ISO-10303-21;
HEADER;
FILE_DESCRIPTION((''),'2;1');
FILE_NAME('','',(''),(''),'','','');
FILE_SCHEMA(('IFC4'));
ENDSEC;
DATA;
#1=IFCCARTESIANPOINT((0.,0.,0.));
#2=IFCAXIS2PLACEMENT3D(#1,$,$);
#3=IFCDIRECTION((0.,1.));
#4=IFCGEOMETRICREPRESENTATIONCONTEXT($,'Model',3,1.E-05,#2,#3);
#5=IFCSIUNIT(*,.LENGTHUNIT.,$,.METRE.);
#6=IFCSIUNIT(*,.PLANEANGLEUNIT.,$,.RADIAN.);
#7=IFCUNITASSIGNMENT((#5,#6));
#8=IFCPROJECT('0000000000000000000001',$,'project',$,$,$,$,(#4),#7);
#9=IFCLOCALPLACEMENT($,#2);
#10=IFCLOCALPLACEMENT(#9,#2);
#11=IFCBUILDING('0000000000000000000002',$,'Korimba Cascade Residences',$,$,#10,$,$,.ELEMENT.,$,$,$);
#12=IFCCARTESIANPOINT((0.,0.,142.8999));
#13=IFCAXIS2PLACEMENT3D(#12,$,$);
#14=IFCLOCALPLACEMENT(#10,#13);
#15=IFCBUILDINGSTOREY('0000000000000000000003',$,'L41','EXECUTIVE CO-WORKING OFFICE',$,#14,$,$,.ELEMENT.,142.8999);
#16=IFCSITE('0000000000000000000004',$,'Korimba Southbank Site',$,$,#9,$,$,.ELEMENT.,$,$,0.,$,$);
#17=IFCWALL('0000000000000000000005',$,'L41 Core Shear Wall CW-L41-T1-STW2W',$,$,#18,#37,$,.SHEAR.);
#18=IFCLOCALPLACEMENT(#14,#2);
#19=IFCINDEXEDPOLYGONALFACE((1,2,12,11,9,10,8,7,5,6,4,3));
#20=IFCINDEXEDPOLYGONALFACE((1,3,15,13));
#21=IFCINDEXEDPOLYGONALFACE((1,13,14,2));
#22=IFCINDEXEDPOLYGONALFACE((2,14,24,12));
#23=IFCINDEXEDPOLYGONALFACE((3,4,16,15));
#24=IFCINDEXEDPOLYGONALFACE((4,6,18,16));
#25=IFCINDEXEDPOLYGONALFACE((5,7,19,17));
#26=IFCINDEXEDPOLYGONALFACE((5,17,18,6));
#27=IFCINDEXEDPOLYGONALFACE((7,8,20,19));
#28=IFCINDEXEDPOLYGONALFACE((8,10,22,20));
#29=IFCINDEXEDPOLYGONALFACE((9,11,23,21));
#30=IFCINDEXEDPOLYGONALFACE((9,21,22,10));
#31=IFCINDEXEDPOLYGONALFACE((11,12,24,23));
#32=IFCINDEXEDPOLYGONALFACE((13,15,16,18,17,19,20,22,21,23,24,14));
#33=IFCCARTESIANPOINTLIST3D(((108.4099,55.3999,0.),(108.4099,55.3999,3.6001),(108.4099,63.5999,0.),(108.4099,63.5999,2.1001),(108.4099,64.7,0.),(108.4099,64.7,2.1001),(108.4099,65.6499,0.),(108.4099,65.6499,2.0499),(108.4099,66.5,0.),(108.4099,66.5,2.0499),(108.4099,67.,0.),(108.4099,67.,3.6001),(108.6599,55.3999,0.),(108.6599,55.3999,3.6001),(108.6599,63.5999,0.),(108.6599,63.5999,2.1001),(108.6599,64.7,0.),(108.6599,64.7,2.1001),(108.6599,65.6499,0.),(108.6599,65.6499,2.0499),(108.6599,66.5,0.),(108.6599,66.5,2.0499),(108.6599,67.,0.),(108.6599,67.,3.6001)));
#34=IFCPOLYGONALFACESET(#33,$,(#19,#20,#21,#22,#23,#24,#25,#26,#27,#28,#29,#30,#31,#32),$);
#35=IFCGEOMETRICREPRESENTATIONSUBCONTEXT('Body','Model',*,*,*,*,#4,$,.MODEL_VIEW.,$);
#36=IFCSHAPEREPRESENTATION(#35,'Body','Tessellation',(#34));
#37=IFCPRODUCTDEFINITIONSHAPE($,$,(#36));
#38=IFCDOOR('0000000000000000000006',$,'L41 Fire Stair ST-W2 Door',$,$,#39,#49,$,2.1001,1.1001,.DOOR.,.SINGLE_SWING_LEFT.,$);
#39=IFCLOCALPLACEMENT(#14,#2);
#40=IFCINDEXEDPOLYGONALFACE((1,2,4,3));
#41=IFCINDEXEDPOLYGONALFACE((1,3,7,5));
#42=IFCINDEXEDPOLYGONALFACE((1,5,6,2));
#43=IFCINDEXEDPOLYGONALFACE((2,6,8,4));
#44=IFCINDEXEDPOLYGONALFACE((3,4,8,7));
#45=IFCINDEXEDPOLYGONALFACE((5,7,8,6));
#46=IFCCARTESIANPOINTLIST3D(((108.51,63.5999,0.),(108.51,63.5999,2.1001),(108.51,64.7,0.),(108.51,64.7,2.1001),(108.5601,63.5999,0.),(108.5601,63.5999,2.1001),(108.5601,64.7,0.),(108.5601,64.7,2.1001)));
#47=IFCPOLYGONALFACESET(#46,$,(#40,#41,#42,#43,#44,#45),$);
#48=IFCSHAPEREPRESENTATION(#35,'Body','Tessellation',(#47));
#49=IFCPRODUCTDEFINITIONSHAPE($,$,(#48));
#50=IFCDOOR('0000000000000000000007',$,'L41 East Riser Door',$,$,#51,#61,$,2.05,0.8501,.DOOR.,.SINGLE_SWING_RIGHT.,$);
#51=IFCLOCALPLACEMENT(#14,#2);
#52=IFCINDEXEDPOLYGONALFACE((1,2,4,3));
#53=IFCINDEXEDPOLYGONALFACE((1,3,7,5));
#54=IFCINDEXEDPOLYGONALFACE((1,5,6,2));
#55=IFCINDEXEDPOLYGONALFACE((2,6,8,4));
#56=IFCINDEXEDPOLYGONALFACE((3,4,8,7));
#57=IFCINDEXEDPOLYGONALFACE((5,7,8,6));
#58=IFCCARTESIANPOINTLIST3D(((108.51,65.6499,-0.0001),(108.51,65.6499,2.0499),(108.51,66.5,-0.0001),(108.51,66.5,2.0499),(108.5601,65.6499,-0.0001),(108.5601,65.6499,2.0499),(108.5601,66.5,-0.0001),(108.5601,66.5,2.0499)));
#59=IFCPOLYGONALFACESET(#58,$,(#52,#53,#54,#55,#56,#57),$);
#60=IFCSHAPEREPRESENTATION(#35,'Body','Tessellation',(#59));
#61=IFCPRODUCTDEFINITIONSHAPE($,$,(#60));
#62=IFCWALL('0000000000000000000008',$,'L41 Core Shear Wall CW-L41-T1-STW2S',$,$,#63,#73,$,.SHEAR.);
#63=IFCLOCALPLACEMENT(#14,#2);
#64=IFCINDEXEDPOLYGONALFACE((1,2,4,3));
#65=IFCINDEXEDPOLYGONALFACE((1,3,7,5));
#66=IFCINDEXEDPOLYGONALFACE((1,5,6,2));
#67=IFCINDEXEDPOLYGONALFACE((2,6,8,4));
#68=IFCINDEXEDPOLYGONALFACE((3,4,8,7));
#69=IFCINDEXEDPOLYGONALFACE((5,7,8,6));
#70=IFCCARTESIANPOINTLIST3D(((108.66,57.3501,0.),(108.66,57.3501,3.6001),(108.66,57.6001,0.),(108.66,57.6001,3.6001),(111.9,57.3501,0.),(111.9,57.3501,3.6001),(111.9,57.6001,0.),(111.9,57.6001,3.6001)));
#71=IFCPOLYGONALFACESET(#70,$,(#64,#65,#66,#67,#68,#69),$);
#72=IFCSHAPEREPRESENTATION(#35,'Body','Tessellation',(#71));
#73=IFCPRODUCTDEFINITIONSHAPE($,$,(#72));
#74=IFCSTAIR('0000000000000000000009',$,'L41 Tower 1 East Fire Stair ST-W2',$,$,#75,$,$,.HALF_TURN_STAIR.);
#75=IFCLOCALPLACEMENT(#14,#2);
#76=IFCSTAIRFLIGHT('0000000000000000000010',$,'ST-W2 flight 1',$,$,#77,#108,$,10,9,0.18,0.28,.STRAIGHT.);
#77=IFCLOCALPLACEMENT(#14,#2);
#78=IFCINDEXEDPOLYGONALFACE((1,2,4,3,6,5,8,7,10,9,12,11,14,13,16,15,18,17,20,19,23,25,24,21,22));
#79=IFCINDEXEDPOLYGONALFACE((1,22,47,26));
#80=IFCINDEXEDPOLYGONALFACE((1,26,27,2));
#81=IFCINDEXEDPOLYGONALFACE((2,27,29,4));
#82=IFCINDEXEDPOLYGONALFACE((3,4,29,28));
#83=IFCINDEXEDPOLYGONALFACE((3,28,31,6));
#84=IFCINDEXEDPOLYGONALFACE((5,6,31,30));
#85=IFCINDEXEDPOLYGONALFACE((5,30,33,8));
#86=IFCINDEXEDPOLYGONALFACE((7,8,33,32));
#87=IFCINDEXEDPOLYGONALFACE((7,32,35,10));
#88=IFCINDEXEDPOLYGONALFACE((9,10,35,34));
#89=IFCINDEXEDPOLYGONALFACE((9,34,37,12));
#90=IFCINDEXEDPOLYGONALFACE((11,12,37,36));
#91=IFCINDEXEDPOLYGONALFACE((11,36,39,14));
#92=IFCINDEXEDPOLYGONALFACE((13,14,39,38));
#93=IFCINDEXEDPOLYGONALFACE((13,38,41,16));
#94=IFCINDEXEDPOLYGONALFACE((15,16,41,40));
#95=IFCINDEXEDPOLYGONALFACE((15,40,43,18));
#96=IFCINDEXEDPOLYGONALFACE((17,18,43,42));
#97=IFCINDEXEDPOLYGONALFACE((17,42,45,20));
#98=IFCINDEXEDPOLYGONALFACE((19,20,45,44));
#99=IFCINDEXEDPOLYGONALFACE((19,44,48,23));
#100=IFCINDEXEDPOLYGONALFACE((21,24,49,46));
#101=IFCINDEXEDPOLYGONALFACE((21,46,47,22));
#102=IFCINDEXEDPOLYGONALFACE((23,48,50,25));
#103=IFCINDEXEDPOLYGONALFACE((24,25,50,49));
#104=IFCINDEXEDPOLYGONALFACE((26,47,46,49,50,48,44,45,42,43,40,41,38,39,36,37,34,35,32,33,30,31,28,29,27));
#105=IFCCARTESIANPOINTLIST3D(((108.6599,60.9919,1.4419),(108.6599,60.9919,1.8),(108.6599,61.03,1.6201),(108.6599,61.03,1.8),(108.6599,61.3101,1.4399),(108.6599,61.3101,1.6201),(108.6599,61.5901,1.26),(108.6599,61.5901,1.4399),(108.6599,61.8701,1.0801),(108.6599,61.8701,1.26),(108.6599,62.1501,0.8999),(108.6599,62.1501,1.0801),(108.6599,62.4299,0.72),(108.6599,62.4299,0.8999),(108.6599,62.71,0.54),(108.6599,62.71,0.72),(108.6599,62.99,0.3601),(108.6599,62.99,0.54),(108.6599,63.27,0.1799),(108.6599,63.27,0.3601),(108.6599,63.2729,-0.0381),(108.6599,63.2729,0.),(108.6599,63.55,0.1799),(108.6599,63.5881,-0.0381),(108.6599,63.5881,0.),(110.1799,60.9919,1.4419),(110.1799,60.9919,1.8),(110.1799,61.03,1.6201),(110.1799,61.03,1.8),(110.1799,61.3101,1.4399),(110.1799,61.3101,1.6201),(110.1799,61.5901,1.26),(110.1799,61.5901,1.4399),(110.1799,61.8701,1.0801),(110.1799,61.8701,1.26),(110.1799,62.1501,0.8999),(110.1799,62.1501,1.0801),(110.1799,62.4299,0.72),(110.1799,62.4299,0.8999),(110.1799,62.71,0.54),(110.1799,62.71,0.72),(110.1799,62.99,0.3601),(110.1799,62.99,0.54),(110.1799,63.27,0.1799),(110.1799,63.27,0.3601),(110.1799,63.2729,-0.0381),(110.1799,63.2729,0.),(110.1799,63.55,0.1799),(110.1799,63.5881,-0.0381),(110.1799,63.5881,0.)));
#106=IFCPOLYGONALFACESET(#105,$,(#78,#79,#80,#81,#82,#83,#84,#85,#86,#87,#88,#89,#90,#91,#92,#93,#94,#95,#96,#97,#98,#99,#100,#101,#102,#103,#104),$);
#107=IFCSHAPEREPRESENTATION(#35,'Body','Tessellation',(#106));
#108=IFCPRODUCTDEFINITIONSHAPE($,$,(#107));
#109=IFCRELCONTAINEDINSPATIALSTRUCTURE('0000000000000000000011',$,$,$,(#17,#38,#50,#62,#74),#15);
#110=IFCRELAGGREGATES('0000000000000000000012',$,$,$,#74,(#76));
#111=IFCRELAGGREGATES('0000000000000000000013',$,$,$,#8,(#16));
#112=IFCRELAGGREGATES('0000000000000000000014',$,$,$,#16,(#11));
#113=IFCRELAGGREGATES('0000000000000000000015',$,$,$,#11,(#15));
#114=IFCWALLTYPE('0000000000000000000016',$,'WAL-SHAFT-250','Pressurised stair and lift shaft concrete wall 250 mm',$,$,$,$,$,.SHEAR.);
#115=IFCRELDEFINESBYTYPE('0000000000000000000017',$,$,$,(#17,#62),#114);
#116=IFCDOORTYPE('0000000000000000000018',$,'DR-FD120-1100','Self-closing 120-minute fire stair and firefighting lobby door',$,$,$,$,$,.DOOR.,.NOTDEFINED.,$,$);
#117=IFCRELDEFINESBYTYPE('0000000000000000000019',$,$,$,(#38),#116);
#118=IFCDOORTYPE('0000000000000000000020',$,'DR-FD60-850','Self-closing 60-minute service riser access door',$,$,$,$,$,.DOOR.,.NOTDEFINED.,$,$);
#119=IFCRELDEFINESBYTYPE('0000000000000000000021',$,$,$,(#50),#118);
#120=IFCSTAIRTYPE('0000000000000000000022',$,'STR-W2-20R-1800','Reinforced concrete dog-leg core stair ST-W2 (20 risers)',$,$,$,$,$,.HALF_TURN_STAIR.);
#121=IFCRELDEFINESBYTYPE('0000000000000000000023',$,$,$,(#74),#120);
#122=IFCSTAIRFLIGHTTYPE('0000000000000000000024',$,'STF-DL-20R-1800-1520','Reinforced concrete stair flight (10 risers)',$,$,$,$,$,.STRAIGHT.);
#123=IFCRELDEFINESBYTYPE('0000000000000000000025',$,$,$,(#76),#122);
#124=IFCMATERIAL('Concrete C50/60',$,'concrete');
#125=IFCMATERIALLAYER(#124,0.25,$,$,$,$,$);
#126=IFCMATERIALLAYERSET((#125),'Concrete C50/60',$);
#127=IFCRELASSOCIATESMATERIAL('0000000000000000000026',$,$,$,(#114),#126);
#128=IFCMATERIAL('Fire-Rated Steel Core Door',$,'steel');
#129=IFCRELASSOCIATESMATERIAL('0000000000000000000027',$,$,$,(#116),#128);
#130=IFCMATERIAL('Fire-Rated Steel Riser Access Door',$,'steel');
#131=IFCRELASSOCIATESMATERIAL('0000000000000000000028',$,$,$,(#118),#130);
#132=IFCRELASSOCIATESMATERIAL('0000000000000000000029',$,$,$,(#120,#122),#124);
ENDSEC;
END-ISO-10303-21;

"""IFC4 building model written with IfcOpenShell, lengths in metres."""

from ifc_helpers import new_model, si_unit, direction, frame, frame_2d, origin, place, context, subcontext, project, spatial, polyline, rectangle, outline, extrude, material, layer, layer_set, type_object, element, fill, aggregate, save


model = new_model("IFC4")

# Units and contexts
model_context = context("Model", 3, precision=1e-05, world=origin(), true_north=direction((0.0, 1.0)))
body_context = subcontext(model_context, "Body", "Model", "MODEL_VIEW")
ifc_project = project(units=[si_unit("LENGTHUNIT", "METRE"), si_unit("PLANEANGLEUNIT", "RADIAN")], contexts=[model_context])

# Site, building, storey
site_placement = place(None, origin())
site = spatial("IfcSite", under=ifc_project, at=site_placement, Name="Korimba Southbank Site", CompositionType="ELEMENT", RefElevation=0.0)
building_placement = place(site_placement, origin())
building = spatial("IfcBuilding", under=site, at=building_placement, Name="Korimba Cascade Residences", CompositionType="ELEMENT")
storey_placement = place(building_placement, frame((0.0, 0.0, 142.8999)))
storey = spatial("IfcBuildingStorey", under=building, at=storey_placement, Name="L41", Description="EXECUTIVE CO-WORKING OFFICE", CompositionType="ELEMENT", Elevation=142.8999)

# Shared definitions
ifc_material_1 = material(Name="Concrete C50/60", Category="concrete")
ifc_layer_1 = layer(ifc_material_1, 0.25)
ifc_layer_set_1 = layer_set([ifc_layer_1], Name="Concrete C50/60")
wall_type_1 = type_object("IfcWallType", Name="WAL-SHAFT-250", Description="Pressurised stair and lift shaft concrete wall 250 mm", PredefinedType="SHEAR", material=ifc_layer_set_1)

# Shared definitions
ifc_material_2 = material(Name="Fire-Rated Steel Core Door", Category="steel")
door_type_1 = type_object("IfcDoorType", Name="DR-FD120-1100", Description="Self-closing 120-minute fire stair and firefighting lobby door", OperationType="NOTDEFINED", PredefinedType="DOOR", material=ifc_material_2)

# Wall, openings, doors
wall_1_placement = place(storey_placement, frame((108.5349, 55.3999, 0.0), z_axis=(0.0, 0.0, 1.0), x_axis=(0.0, 1.0, 0.0)))
wall_1 = element("IfcWall", 1, at=wall_1_placement, inside=storey, type_object=wall_type_1, Name="L41 Core Shear Wall CW-L41-T1-STW2W", PredefinedType="SHEAR", context=body_context, shape_type="SweptSolid", body=[
    extrude(rectangle(XDim=11.6001, YDim=0.25, at=frame_2d((5.8, 0.0))), origin(), (0.0, 0.0, 1.0), 3.6001),
])
opening_1_placement = place(wall_1_placement, frame((8.2, 0.0, 0.0)))
opening_1 = element("IfcOpeningElement", 2, at=opening_1_placement, cuts=wall_1, PredefinedType="OPENING", context=body_context, shape_type="SweptSolid", body=[
    extrude(rectangle(XDim=1.1001, YDim=2.1001, at=frame_2d((0.55, 1.05))), frame((0.0, 0.135, 0.0), z_axis=(0.0, -1.0, 0.0), x_axis=(1.0, 0.0, 0.0)), (0.0, 0.0, 1.0), 0.27),
])
opening_2_placement = place(wall_1_placement, frame((10.25, 0.0, 0.0)))
opening_2 = element("IfcOpeningElement", 3, at=opening_2_placement, cuts=wall_1, PredefinedType="OPENING", context=body_context, shape_type="SweptSolid", body=[
    extrude(rectangle(XDim=0.8501, YDim=2.05, at=frame_2d((0.425, 1.0249))), frame((0.0, 0.135, 0.0), z_axis=(0.0, -1.0, 0.0), x_axis=(1.0, 0.0, 0.0)), (0.0, 0.0, 1.0), 0.27),
])
door_1_placement = place(opening_1_placement, origin())
door_1 = element("IfcDoor", 4, at=door_1_placement, inside=storey, type_object=door_type_1, Name="L41 Fire Stair ST-W2 Door", OperationType="SINGLE_SWING_LEFT", OverallHeight=2.1001, OverallWidth=1.1001, PredefinedType="DOOR", context=body_context, shape_type="SweptSolid", body=[
    extrude(rectangle(XDim=1.1001, YDim=2.1001, at=frame_2d((0.55, 1.05))), frame((0.0, 0.0249, 0.0), z_axis=(0.0, -1.0, 0.0), x_axis=(1.0, 0.0, 0.0)), (0.0, 0.0, 1.0), 0.05),
])
fill(opening_1, door_1)
ifc_material_3 = material(Name="Fire-Rated Steel Riser Access Door", Category="steel")
door_type_2 = type_object("IfcDoorType", Name="DR-FD60-850", Description="Self-closing 60-minute service riser access door", OperationType="NOTDEFINED", PredefinedType="DOOR", material=ifc_material_3)
door_2_placement = place(opening_2_placement, origin())
door_2 = element("IfcDoor", 5, at=door_2_placement, inside=storey, type_object=door_type_2, Name="L41 East Riser Door", OperationType="SINGLE_SWING_RIGHT", OverallHeight=2.05, OverallWidth=0.8501, PredefinedType="DOOR", context=body_context, shape_type="SweptSolid", body=[
    extrude(rectangle(XDim=0.8501, YDim=2.05, at=frame_2d((0.425, 1.0249))), frame((0.0, 0.0249, 0.0), z_axis=(0.0, -1.0, 0.0), x_axis=(1.0, 0.0, 0.0)), (0.0, 0.0, 1.0), 0.05),
])
fill(opening_2, door_2)

# Wall
wall_2_placement = place(storey_placement, frame((108.6599, 57.4751, 0.0), z_axis=(0.0, 0.0, 1.0), x_axis=(1.0, 0.0, 0.0)))
element("IfcWall", 6, at=wall_2_placement, inside=storey, type_object=wall_type_1, Name="L41 Core Shear Wall CW-L41-T1-STW2S", PredefinedType="SHEAR", context=body_context, shape_type="SweptSolid", body=[
    extrude(rectangle(XDim=3.24, YDim=0.25, at=frame_2d((1.6201, 0.0))), origin(), (0.0, 0.0, 1.0), 3.6001),
])

# Stair, stair flight
stair_type = type_object("IfcStairType", Name="STR-W2-20R-1800", Description="Reinforced concrete dog-leg core stair ST-W2 (20 risers)", PredefinedType="HALF_TURN_STAIR", material=ifc_material_1)
stair_placement = place(storey_placement, origin())
stair = element("IfcStair", 7, at=stair_placement, inside=storey, type_object=stair_type, Name="L41 Tower 1 East Fire Stair ST-W2", PredefinedType="HALF_TURN_STAIR")
stair_flight_type = type_object("IfcStairFlightType", Name="STF-DL-20R-1800-1520", Description="Reinforced concrete stair flight (10 risers)", PredefinedType="STRAIGHT", material=ifc_material_1)
stair_flight_placement = place(storey_placement, frame((109.4199, 63.55, 0.0), z_axis=(0.0, 0.0, 1.0), x_axis=(0.0, -1.0, 0.0)))
stair_flight = element("IfcStairFlight", 8, at=stair_flight_placement, type_object=stair_flight_type, Name="ST-W2 flight 1", NumberOfRisers=10, NumberOfTreads=9, PredefinedType="STRAIGHT", RiserHeight=0.18, TreadLength=0.28, context=body_context, shape_type="SweptSolid", body=[
    extrude(outline(polyline([(-0.0381, 0.0), (0.0, 0.1799), (0.28, 0.1799), (0.28, 0.3601), (0.5601, 0.3601), (0.5601, 0.54), (0.8401, 0.54), (0.8401, 0.72), (1.1201, 0.72), (1.1201, 0.8999), (1.3999, 0.8999), (1.3999, 1.0801), (1.6799, 1.0801), (1.6799, 1.26), (1.96, 1.26), (1.96, 1.4399), (2.24, 1.4399), (2.24, 1.6201), (2.52, 1.6201), (2.52, 1.8), (2.5581, 1.8), (2.5581, 1.4419), (0.2771, 0.0), (0.2771, -0.0381), (-0.0381, -0.0381), (-0.0381, 0.0)])), frame((0.0, 0.76, 0.0), z_axis=(0.0, -1.0, 0.0), x_axis=(1.0, 0.0, 0.0)), (0.0, 0.0, 1.0), 1.52),
])
aggregate(stair, [stair_flight])

save(model, "model.ifc")
